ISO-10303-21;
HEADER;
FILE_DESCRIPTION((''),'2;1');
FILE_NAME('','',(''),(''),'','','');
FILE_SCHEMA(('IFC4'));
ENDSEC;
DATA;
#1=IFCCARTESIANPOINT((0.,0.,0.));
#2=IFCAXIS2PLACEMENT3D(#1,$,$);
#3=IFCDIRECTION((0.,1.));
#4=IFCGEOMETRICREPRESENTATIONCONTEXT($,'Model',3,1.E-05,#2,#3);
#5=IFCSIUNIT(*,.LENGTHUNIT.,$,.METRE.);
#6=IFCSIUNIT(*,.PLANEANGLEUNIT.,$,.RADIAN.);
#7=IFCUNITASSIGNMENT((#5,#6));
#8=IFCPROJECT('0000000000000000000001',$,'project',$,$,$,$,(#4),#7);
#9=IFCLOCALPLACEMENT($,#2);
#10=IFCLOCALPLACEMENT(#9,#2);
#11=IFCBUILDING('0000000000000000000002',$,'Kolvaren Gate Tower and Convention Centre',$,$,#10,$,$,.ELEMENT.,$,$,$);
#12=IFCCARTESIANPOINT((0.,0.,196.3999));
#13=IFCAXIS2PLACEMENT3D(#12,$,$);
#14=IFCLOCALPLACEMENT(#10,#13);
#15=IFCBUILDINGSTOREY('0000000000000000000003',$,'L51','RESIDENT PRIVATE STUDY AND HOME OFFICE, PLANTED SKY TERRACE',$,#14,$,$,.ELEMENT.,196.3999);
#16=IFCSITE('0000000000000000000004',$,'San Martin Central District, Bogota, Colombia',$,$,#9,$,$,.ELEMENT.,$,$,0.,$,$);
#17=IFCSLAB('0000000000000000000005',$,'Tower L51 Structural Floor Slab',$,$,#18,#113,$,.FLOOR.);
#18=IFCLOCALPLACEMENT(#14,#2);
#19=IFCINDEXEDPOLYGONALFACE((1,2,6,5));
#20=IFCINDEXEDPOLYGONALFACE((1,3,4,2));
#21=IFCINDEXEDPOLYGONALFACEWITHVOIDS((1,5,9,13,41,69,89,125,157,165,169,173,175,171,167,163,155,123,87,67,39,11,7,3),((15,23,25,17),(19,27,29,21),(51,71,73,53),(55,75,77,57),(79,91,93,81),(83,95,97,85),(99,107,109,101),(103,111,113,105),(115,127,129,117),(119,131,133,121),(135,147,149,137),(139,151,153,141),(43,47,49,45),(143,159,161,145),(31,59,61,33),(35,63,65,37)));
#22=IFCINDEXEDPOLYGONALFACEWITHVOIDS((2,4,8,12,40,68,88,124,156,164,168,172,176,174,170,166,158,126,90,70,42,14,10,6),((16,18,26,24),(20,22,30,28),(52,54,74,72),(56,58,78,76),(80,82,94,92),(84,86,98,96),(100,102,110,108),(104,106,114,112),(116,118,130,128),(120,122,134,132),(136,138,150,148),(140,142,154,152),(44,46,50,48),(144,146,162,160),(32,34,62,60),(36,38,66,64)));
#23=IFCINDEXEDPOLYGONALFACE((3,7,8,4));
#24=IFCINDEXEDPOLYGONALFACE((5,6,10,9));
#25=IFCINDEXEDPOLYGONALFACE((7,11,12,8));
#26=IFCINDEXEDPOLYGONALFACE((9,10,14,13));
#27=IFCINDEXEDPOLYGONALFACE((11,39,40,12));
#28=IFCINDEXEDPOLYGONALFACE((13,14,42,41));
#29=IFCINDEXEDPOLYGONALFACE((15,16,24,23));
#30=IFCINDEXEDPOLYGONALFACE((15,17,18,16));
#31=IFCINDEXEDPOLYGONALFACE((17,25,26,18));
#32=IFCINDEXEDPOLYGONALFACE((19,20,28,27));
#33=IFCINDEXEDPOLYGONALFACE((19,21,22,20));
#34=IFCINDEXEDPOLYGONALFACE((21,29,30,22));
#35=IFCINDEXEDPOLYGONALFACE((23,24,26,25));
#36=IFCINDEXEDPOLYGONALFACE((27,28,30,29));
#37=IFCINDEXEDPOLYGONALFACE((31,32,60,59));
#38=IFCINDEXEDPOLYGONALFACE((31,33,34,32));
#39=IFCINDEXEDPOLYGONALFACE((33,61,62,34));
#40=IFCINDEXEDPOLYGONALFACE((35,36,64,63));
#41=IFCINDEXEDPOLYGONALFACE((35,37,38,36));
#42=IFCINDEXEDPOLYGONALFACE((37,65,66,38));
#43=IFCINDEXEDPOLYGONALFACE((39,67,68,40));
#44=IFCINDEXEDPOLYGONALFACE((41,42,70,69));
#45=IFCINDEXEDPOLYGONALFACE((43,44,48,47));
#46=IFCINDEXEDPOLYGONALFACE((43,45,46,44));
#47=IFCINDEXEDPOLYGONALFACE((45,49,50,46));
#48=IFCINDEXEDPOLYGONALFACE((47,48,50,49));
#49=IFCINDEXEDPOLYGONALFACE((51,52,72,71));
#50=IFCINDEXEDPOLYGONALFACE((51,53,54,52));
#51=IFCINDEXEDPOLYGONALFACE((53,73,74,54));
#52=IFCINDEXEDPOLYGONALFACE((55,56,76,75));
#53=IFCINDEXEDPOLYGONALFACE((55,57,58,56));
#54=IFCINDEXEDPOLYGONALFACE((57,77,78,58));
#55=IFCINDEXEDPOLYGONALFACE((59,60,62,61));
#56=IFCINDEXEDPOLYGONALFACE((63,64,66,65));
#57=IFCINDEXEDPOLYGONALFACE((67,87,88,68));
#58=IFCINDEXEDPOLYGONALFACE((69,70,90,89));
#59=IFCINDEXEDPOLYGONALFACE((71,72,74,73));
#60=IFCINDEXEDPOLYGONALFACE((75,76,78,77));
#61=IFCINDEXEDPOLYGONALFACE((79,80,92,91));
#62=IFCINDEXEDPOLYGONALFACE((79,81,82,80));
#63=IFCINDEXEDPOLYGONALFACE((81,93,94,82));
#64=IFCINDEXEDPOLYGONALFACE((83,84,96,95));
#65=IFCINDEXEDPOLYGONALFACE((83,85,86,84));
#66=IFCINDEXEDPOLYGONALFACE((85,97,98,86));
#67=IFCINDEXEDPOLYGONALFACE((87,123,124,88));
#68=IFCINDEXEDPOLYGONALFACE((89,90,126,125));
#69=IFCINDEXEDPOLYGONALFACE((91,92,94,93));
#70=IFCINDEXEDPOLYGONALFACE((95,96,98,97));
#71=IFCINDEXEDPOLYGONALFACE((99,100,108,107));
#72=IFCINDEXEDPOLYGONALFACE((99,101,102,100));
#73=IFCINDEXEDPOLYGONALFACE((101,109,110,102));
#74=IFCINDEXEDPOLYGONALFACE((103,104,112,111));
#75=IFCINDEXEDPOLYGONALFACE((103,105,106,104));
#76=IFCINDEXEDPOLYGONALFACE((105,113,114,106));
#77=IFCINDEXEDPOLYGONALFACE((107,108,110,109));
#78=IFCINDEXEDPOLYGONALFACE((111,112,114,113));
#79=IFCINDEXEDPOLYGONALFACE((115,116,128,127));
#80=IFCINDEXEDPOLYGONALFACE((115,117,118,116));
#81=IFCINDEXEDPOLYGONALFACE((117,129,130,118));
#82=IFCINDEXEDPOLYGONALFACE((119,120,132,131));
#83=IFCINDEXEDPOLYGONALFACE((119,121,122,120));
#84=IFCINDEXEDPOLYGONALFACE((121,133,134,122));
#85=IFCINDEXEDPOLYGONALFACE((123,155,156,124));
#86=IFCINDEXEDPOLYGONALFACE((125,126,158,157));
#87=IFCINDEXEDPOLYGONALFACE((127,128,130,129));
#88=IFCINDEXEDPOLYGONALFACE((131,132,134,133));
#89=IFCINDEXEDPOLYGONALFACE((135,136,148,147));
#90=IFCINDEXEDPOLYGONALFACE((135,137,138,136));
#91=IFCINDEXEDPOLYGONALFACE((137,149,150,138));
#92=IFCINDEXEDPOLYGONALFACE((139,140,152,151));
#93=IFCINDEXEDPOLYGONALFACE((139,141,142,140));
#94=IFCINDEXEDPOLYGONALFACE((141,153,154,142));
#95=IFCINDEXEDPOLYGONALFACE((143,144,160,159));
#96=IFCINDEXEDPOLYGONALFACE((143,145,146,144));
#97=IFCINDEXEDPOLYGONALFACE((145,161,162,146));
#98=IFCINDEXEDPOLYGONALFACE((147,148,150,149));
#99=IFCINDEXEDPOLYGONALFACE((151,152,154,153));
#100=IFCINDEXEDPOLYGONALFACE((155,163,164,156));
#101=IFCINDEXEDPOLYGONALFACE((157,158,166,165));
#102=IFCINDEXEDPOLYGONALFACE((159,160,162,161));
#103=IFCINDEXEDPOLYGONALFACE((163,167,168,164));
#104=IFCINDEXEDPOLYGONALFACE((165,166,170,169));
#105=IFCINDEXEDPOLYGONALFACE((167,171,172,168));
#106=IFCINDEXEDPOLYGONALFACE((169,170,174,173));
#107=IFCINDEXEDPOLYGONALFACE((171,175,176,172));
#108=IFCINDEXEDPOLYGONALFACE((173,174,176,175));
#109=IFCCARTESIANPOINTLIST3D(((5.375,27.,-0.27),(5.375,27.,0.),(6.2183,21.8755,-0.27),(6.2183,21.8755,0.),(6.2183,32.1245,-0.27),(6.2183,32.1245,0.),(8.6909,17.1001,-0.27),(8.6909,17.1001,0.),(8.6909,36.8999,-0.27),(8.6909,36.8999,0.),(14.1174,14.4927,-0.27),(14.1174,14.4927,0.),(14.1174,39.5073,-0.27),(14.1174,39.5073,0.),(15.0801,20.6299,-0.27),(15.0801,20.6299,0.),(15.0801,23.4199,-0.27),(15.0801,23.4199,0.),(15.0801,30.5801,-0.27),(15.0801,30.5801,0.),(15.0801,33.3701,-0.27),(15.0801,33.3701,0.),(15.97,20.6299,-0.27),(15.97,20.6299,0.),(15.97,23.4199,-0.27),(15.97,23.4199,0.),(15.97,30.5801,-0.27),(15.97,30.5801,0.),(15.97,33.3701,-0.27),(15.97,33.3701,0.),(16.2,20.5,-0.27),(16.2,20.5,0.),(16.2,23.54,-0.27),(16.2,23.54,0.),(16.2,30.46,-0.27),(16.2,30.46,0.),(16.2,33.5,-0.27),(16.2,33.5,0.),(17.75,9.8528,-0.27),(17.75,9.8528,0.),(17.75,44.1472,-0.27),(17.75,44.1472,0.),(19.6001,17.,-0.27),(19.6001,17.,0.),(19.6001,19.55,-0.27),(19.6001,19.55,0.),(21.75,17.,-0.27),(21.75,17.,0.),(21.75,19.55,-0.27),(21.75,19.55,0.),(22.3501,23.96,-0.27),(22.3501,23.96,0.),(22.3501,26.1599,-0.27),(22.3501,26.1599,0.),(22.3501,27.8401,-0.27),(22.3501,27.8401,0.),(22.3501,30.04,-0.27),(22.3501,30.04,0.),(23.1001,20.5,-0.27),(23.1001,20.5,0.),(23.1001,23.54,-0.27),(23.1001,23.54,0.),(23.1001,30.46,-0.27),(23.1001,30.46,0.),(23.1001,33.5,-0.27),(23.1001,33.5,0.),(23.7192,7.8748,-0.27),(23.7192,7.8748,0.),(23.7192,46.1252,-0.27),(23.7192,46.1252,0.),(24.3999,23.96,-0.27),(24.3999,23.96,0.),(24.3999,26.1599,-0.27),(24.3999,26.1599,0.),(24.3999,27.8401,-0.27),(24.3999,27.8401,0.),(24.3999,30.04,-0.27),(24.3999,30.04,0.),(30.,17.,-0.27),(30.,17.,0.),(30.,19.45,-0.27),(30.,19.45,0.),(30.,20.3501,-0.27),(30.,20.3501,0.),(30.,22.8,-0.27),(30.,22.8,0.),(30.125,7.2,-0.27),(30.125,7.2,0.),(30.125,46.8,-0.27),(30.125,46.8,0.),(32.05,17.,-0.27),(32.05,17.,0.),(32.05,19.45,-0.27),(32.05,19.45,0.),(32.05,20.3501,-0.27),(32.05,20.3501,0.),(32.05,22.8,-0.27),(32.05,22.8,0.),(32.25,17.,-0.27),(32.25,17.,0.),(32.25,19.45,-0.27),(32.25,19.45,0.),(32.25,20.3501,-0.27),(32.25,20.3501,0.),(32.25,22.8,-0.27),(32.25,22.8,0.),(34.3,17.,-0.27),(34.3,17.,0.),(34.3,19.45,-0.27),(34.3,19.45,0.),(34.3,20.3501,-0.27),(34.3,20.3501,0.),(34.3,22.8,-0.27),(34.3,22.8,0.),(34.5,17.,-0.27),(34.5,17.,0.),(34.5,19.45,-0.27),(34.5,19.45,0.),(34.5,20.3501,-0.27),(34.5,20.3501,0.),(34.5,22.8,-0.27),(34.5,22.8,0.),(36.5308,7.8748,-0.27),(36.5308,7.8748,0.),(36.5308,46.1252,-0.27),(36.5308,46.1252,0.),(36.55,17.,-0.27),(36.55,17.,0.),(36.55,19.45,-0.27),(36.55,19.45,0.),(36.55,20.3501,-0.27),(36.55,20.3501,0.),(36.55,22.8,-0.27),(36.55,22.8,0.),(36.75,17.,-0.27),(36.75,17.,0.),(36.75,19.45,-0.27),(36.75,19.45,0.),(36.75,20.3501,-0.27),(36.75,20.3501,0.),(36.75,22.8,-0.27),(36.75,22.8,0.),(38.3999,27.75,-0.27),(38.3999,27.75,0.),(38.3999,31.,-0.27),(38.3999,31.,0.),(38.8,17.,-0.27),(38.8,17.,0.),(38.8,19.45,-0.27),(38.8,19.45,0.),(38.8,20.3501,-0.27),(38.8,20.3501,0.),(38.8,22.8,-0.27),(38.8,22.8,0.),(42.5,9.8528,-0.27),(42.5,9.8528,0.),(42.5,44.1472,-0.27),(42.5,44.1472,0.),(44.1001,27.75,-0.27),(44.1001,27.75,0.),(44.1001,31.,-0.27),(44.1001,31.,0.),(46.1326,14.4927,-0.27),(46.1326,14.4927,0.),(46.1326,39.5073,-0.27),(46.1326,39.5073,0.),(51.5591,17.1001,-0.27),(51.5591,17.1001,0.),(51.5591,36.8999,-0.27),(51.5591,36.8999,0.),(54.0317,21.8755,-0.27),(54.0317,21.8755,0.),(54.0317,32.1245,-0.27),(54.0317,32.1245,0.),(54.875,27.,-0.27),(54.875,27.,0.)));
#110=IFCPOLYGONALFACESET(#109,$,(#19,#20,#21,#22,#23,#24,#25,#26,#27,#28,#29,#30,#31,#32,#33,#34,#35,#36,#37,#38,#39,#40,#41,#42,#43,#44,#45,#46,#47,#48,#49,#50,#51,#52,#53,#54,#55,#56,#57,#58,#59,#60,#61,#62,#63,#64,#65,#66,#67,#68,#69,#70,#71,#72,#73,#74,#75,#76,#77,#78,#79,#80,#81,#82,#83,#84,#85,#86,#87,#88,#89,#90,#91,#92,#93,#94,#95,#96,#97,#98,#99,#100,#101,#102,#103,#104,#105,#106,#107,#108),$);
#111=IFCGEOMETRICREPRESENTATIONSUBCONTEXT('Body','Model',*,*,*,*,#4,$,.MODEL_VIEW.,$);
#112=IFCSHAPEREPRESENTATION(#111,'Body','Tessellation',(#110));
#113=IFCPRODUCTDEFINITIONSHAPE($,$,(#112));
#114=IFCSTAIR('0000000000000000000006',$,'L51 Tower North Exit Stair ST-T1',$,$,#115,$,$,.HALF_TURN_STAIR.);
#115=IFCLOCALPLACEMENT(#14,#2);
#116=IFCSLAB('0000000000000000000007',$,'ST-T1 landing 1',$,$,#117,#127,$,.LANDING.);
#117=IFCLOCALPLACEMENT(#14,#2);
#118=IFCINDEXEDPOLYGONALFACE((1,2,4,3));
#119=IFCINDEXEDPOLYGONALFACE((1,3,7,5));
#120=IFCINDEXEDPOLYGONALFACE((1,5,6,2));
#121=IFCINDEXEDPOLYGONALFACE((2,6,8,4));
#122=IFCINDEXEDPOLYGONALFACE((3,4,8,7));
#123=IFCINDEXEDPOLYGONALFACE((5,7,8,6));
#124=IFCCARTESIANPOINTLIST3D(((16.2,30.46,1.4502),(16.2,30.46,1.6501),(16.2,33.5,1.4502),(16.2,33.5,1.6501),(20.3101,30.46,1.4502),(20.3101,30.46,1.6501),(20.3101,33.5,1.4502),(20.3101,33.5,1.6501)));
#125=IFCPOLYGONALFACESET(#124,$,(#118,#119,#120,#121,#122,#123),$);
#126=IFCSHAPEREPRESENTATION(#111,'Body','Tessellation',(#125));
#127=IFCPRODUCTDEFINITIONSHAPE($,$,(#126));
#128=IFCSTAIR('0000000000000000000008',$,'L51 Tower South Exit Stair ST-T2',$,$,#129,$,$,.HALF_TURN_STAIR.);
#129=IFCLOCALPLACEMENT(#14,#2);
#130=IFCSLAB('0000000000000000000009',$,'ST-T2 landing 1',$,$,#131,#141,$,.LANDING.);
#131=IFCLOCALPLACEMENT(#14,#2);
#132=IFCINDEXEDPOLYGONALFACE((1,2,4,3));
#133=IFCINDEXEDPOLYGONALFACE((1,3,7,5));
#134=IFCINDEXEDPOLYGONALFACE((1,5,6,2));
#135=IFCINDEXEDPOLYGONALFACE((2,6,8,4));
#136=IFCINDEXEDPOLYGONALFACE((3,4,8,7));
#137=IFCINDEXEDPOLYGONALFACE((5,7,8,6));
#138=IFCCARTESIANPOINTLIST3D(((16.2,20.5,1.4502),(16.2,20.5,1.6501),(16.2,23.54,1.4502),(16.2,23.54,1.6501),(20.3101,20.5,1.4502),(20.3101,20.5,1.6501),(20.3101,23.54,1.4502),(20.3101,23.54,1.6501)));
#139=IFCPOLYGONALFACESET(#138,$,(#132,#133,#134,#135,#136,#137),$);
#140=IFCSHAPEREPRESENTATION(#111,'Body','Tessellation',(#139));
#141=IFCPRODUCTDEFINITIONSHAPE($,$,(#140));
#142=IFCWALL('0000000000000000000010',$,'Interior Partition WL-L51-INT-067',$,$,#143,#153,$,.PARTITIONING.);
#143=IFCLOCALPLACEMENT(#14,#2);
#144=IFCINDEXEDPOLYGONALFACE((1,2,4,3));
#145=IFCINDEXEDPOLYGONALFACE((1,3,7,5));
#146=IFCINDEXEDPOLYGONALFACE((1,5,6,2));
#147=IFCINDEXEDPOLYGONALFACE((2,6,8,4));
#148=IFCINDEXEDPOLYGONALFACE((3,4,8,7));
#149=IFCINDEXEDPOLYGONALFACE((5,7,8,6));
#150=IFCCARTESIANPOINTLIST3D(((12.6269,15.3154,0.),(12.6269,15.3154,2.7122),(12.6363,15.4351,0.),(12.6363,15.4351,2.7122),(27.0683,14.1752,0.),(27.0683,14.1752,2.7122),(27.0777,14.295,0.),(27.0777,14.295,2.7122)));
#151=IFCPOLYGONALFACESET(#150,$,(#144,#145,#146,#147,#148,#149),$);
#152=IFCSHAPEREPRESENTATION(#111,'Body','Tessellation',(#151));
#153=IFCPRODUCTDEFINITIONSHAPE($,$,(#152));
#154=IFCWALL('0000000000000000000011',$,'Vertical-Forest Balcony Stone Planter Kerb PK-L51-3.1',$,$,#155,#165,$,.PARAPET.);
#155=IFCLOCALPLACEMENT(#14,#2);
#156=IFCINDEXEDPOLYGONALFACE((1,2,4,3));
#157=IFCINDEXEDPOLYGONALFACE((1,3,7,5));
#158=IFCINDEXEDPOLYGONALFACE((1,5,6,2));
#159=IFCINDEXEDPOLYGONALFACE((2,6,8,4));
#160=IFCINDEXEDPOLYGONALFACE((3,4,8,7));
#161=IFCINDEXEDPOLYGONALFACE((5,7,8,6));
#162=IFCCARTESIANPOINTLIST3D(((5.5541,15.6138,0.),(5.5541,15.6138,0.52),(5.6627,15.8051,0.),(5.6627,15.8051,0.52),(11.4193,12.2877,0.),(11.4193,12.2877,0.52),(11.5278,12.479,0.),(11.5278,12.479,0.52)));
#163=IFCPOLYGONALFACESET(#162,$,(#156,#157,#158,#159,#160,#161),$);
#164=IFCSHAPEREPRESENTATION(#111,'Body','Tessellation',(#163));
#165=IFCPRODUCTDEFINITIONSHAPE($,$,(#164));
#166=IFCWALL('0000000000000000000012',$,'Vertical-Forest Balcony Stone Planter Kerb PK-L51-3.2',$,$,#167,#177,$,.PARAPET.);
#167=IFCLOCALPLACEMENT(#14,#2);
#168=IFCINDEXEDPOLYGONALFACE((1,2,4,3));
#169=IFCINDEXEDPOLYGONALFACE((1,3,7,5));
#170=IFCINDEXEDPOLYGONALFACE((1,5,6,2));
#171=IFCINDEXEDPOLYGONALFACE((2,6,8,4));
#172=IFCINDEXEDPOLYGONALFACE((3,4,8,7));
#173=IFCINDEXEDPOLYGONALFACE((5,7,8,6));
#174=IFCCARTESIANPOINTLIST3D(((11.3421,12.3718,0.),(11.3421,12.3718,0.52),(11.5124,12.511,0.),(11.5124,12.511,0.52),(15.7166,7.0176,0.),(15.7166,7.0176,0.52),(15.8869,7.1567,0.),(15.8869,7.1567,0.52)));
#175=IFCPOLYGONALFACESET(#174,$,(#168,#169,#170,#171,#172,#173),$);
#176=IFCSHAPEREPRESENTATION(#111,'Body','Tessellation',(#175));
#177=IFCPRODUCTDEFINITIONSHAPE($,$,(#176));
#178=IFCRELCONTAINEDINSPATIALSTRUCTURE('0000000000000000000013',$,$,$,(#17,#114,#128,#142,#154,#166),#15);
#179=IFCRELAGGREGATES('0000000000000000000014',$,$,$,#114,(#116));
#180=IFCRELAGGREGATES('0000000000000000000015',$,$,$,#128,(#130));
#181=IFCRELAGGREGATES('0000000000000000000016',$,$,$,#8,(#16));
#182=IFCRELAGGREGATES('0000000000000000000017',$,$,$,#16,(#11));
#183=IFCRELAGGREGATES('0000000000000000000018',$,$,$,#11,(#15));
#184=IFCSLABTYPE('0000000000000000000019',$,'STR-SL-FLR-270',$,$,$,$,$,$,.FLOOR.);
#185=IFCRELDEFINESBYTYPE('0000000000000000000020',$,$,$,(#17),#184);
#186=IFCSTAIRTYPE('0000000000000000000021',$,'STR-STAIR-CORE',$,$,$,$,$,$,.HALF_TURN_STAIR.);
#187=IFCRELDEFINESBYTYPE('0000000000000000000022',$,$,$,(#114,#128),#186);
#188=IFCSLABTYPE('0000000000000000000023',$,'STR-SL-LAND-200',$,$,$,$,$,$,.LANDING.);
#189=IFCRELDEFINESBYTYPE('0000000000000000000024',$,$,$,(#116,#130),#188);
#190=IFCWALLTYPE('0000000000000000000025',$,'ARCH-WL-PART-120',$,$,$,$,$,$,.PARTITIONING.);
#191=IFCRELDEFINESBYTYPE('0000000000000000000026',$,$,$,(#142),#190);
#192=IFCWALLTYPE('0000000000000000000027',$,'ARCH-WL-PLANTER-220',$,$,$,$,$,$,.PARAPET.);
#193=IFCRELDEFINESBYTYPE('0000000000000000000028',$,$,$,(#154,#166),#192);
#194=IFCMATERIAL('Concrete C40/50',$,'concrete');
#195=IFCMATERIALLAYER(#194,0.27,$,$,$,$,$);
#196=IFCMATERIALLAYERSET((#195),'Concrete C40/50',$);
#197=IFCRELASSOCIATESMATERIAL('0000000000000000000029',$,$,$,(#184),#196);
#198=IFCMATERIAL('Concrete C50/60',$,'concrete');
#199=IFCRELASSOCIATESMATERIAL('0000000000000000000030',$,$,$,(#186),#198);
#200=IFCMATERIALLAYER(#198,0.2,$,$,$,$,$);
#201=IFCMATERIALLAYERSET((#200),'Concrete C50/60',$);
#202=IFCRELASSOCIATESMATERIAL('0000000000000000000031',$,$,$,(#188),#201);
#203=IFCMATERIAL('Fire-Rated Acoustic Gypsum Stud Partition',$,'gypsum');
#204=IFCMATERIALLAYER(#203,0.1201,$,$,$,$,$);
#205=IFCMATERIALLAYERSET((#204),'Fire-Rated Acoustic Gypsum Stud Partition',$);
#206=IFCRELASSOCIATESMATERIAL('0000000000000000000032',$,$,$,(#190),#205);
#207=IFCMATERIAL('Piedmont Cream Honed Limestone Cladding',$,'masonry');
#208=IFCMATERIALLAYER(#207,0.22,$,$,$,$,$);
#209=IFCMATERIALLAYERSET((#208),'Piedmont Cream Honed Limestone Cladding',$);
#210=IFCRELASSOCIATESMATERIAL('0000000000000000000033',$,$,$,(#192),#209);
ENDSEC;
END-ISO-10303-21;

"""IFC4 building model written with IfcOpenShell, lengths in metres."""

from ifc_helpers import new_model, si_unit, direction, frame, frame_2d, origin, place, context, subcontext, project, spatial, polyline, rectangle, outline, extrude, material, layer, layer_set, type_object, element, aggregate, save


model = new_model("IFC4")

# Units and contexts
model_context = context("Model", 3, precision=1e-05, world=origin(), true_north=direction((0.0, 1.0)))
body_context = subcontext(model_context, "Body", "Model", "MODEL_VIEW")
ifc_project = project(units=[si_unit("LENGTHUNIT", "METRE"), si_unit("PLANEANGLEUNIT", "RADIAN")], contexts=[model_context])

# Site, building, storey
site_placement = place(None, origin())
site = spatial("IfcSite", under=ifc_project, at=site_placement, Name="San Martin Central District, Bogota, Colombia", CompositionType="ELEMENT", RefElevation=0.0)
building_placement = place(site_placement, origin())
building = spatial("IfcBuilding", under=site, at=building_placement, Name="Kolvaren Gate Tower and Convention Centre", CompositionType="ELEMENT")
storey_placement = place(building_placement, frame((0.0, 0.0, 196.3999)))
storey = spatial("IfcBuildingStorey", under=building, at=storey_placement, Name="L51", Description="RESIDENT PRIVATE STUDY AND HOME OFFICE, PLANTED SKY TERRACE", CompositionType="ELEMENT", Elevation=196.3999)

# Slab
ifc_material_1 = material(Name="Concrete C50/60", Category="concrete")
ifc_material_2 = material(Name="Concrete C40/50", Category="concrete")
ifc_layer_1 = layer(ifc_material_2, 0.27)
ifc_layer_set_1 = layer_set([ifc_layer_1], Name="Concrete C40/50")
slab_type_1 = type_object("IfcSlabType", Name="STR-SL-FLR-270", PredefinedType="FLOOR", material=ifc_layer_set_1)
slab_1_placement = place(storey_placement, frame((0.0, 0.0, -0.27)))
element("IfcSlab", 1, at=slab_1_placement, inside=storey, type_object=slab_type_1, Name="Tower L51 Structural Floor Slab", PredefinedType="FLOOR", context=body_context, shape_type="SweptSolid", body=[
    extrude(outline(polyline([(54.875, 27.0), (54.0317, 32.1245), (51.5591, 36.8999), (46.1326, 39.5073), (42.5, 44.1472), (36.5308, 46.1252), (30.125, 46.8), (23.7192, 46.1252), (17.75, 44.1472), (14.1174, 39.5073), (8.6909, 36.8999), (6.2183, 32.1245), (5.375, 27.0), (6.2183, 21.8755), (8.6909, 17.1001), (14.1174, 14.4927), (17.75, 9.8528), (23.7192, 7.8748), (30.125, 7.2), (36.5308, 7.8748), (42.5, 9.8528), (46.1326, 14.4927), (51.5591, 17.1001), (54.0317, 21.8755), (54.875, 27.0)]), holes=[polyline([(38.3999, 27.75), (38.3999, 31.0), (44.1001, 31.0), (44.1001, 27.75), (38.3999, 27.75)]), polyline([(36.75, 17.0), (36.75, 19.45), (38.8, 19.45), (38.8, 17.0), (36.75, 17.0)]), polyline([(36.75, 20.3501), (36.75, 22.8), (38.8, 22.8), (38.8, 20.3501), (36.75, 20.3501)]), polyline([(34.5, 17.0), (34.5, 19.45), (36.55, 19.45), (36.55, 17.0), (34.5, 17.0)]), polyline([(34.5, 20.3501), (34.5, 22.8), (36.55, 22.8), (36.55, 20.3501), (34.5, 20.3501)]), polyline([(32.25, 17.0), (32.25, 19.45), (34.3, 19.45), (34.3, 17.0), (32.25, 17.0)]), polyline([(32.25, 20.3501), (32.25, 22.8), (34.3, 22.8), (34.3, 20.3501), (32.25, 20.3501)]), polyline([(30.0, 17.0), (30.0, 19.45), (32.05, 19.45), (32.05, 17.0), (30.0, 17.0)]), polyline([(30.0, 20.3501), (30.0, 22.8), (32.05, 22.8), (32.05, 20.3501), (30.0, 20.3501)]), polyline([(22.3501, 23.96), (22.3501, 26.1599), (24.3999, 26.1599), (24.3999, 23.96), (22.3501, 23.96)]), polyline([(22.3501, 27.8401), (22.3501, 30.04), (24.3999, 30.04), (24.3999, 27.8401), (22.3501, 27.8401)]), polyline([(23.1001, 23.54), (23.1001, 20.5), (16.2, 20.5), (16.2, 23.54), (23.1001, 23.54)]), polyline([(23.1001, 33.5), (23.1001, 30.46), (16.2, 30.46), (16.2, 33.5), (23.1001, 33.5)]), polyline([(19.6001, 17.0), (19.6001, 19.55), (21.75, 19.55), (21.75, 17.0), (19.6001, 17.0)]), polyline([(15.0801, 20.6299), (15.0801, 23.4199), (15.97, 23.4199), (15.97, 20.6299), (15.0801, 20.6299)]), polyline([(15.0801, 30.5801), (15.0801, 33.3701), (15.97, 33.3701), (15.97, 30.5801), (15.0801, 30.5801)])]), origin(), (0.0, 0.0, 1.0), 0.27),
])

# Stairs, slabs
stair_type = type_object("IfcStairType", Name="STR-STAIR-CORE", PredefinedType="HALF_TURN_STAIR", material=ifc_material_1)
stair_1_placement = place(storey_placement, origin())
stair_1 = element("IfcStair", 2, at=stair_1_placement, inside=storey, type_object=stair_type, Name="L51 Tower North Exit Stair ST-T1", PredefinedType="HALF_TURN_STAIR")
ifc_layer_2 = layer(ifc_material_1, 0.2)
ifc_layer_set_2 = layer_set([ifc_layer_2], Name="Concrete C50/60")
slab_type_2 = type_object("IfcSlabType", Name="STR-SL-LAND-200", PredefinedType="LANDING", material=ifc_layer_set_2)
slab_2_placement = place(storey_placement, frame((0.0, 0.0, 1.4502)))
slab_2 = element("IfcSlab", 3, at=slab_2_placement, type_object=slab_type_2, Name="ST-T1 landing 1", PredefinedType="LANDING", context=body_context, shape_type="SweptSolid", body=[
    extrude(outline(polyline([(20.3101, 33.5), (16.2, 33.5), (16.2, 30.46), (20.3101, 30.46), (20.3101, 33.5)])), origin(), (0.0, 0.0, 1.0), 0.2),
])
aggregate(stair_1, [slab_2])
stair_2_placement = place(storey_placement, origin())
stair_2 = element("IfcStair", 4, at=stair_2_placement, inside=storey, type_object=stair_type, Name="L51 Tower South Exit Stair ST-T2", PredefinedType="HALF_TURN_STAIR")
slab_3_placement = place(storey_placement, frame((0.0, 0.0, 1.4502)))
slab_3 = element("IfcSlab", 5, at=slab_3_placement, type_object=slab_type_2, Name="ST-T2 landing 1", PredefinedType="LANDING", context=body_context, shape_type="SweptSolid", body=[
    extrude(outline(polyline([(20.3101, 23.54), (16.2, 23.54), (16.2, 20.5), (20.3101, 20.5), (20.3101, 23.54)])), origin(), (0.0, 0.0, 1.0), 0.2),
])
aggregate(stair_2, [slab_3])

# Walls
ifc_material_3 = material(Name="Fire-Rated Acoustic Gypsum Stud Partition", Category="gypsum")
ifc_layer_3 = layer(ifc_material_3, 0.1201)
ifc_layer_set_3 = layer_set([ifc_layer_3], Name="Fire-Rated Acoustic Gypsum Stud Partition")
wall_type_1 = type_object("IfcWallType", Name="ARCH-WL-PART-120", PredefinedType="PARTITIONING", material=ifc_layer_set_3)
wall_1_placement = place(storey_placement, frame((12.6316, 15.3752, 0.0), z_axis=(0.0, 0.0, 1.0), x_axis=(0.996898, -0.078704, 0.0)))
element("IfcWall", 6, at=wall_1_placement, inside=storey, type_object=wall_type_1, Name="Interior Partition WL-L51-INT-067", PredefinedType="PARTITIONING", context=body_context, shape_type="SweptSolid", body=[
    extrude(rectangle(XDim=14.4863, YDim=0.1201, at=frame_2d((7.2432, 0.0))), origin(), (0.0, 0.0, 1.0), 2.7122),
])
ifc_material_4 = material(Name="Piedmont Cream Honed Limestone Cladding", Category="masonry")
ifc_layer_4 = layer(ifc_material_4, 0.22)
ifc_layer_set_4 = layer_set([ifc_layer_4], Name="Piedmont Cream Honed Limestone Cladding")
wall_type_2 = type_object("IfcWallType", Name="ARCH-WL-PLANTER-220", PredefinedType="PARAPET", material=ifc_layer_set_4)
wall_2_placement = place(storey_placement, frame((5.6084, 15.7095, 0.0), z_axis=(0.0, 0.0, 1.0), x_axis=(0.869861, -0.493298, 0.0)))
element("IfcWall", 7, at=wall_2_placement, inside=storey, type_object=wall_type_2, Name="Vertical-Forest Balcony Stone Planter Kerb PK-L51-3.1", PredefinedType="PARAPET", context=body_context, shape_type="SweptSolid", body=[
    extrude(rectangle(XDim=6.7427, YDim=0.22, at=frame_2d((3.3713, 0.0))), origin(), (0.0, 0.0, 1.0), 0.52),
])
wall_3_placement = place(storey_placement, frame((11.4272, 12.4414, 0.0), z_axis=(0.0, 0.0, 1.0), x_axis=(0.632697, -0.774399, 0.0)))
element("IfcWall", 8, at=wall_3_placement, inside=storey, type_object=wall_type_2, Name="Vertical-Forest Balcony Stone Planter Kerb PK-L51-3.2", PredefinedType="PARAPET", context=body_context, shape_type="SweptSolid", body=[
    extrude(rectangle(XDim=6.9141, YDim=0.22, at=frame_2d((3.457, 0.0))), origin(), (0.0, 0.0, 1.0), 0.52),
])

save(model, "model.ifc")
